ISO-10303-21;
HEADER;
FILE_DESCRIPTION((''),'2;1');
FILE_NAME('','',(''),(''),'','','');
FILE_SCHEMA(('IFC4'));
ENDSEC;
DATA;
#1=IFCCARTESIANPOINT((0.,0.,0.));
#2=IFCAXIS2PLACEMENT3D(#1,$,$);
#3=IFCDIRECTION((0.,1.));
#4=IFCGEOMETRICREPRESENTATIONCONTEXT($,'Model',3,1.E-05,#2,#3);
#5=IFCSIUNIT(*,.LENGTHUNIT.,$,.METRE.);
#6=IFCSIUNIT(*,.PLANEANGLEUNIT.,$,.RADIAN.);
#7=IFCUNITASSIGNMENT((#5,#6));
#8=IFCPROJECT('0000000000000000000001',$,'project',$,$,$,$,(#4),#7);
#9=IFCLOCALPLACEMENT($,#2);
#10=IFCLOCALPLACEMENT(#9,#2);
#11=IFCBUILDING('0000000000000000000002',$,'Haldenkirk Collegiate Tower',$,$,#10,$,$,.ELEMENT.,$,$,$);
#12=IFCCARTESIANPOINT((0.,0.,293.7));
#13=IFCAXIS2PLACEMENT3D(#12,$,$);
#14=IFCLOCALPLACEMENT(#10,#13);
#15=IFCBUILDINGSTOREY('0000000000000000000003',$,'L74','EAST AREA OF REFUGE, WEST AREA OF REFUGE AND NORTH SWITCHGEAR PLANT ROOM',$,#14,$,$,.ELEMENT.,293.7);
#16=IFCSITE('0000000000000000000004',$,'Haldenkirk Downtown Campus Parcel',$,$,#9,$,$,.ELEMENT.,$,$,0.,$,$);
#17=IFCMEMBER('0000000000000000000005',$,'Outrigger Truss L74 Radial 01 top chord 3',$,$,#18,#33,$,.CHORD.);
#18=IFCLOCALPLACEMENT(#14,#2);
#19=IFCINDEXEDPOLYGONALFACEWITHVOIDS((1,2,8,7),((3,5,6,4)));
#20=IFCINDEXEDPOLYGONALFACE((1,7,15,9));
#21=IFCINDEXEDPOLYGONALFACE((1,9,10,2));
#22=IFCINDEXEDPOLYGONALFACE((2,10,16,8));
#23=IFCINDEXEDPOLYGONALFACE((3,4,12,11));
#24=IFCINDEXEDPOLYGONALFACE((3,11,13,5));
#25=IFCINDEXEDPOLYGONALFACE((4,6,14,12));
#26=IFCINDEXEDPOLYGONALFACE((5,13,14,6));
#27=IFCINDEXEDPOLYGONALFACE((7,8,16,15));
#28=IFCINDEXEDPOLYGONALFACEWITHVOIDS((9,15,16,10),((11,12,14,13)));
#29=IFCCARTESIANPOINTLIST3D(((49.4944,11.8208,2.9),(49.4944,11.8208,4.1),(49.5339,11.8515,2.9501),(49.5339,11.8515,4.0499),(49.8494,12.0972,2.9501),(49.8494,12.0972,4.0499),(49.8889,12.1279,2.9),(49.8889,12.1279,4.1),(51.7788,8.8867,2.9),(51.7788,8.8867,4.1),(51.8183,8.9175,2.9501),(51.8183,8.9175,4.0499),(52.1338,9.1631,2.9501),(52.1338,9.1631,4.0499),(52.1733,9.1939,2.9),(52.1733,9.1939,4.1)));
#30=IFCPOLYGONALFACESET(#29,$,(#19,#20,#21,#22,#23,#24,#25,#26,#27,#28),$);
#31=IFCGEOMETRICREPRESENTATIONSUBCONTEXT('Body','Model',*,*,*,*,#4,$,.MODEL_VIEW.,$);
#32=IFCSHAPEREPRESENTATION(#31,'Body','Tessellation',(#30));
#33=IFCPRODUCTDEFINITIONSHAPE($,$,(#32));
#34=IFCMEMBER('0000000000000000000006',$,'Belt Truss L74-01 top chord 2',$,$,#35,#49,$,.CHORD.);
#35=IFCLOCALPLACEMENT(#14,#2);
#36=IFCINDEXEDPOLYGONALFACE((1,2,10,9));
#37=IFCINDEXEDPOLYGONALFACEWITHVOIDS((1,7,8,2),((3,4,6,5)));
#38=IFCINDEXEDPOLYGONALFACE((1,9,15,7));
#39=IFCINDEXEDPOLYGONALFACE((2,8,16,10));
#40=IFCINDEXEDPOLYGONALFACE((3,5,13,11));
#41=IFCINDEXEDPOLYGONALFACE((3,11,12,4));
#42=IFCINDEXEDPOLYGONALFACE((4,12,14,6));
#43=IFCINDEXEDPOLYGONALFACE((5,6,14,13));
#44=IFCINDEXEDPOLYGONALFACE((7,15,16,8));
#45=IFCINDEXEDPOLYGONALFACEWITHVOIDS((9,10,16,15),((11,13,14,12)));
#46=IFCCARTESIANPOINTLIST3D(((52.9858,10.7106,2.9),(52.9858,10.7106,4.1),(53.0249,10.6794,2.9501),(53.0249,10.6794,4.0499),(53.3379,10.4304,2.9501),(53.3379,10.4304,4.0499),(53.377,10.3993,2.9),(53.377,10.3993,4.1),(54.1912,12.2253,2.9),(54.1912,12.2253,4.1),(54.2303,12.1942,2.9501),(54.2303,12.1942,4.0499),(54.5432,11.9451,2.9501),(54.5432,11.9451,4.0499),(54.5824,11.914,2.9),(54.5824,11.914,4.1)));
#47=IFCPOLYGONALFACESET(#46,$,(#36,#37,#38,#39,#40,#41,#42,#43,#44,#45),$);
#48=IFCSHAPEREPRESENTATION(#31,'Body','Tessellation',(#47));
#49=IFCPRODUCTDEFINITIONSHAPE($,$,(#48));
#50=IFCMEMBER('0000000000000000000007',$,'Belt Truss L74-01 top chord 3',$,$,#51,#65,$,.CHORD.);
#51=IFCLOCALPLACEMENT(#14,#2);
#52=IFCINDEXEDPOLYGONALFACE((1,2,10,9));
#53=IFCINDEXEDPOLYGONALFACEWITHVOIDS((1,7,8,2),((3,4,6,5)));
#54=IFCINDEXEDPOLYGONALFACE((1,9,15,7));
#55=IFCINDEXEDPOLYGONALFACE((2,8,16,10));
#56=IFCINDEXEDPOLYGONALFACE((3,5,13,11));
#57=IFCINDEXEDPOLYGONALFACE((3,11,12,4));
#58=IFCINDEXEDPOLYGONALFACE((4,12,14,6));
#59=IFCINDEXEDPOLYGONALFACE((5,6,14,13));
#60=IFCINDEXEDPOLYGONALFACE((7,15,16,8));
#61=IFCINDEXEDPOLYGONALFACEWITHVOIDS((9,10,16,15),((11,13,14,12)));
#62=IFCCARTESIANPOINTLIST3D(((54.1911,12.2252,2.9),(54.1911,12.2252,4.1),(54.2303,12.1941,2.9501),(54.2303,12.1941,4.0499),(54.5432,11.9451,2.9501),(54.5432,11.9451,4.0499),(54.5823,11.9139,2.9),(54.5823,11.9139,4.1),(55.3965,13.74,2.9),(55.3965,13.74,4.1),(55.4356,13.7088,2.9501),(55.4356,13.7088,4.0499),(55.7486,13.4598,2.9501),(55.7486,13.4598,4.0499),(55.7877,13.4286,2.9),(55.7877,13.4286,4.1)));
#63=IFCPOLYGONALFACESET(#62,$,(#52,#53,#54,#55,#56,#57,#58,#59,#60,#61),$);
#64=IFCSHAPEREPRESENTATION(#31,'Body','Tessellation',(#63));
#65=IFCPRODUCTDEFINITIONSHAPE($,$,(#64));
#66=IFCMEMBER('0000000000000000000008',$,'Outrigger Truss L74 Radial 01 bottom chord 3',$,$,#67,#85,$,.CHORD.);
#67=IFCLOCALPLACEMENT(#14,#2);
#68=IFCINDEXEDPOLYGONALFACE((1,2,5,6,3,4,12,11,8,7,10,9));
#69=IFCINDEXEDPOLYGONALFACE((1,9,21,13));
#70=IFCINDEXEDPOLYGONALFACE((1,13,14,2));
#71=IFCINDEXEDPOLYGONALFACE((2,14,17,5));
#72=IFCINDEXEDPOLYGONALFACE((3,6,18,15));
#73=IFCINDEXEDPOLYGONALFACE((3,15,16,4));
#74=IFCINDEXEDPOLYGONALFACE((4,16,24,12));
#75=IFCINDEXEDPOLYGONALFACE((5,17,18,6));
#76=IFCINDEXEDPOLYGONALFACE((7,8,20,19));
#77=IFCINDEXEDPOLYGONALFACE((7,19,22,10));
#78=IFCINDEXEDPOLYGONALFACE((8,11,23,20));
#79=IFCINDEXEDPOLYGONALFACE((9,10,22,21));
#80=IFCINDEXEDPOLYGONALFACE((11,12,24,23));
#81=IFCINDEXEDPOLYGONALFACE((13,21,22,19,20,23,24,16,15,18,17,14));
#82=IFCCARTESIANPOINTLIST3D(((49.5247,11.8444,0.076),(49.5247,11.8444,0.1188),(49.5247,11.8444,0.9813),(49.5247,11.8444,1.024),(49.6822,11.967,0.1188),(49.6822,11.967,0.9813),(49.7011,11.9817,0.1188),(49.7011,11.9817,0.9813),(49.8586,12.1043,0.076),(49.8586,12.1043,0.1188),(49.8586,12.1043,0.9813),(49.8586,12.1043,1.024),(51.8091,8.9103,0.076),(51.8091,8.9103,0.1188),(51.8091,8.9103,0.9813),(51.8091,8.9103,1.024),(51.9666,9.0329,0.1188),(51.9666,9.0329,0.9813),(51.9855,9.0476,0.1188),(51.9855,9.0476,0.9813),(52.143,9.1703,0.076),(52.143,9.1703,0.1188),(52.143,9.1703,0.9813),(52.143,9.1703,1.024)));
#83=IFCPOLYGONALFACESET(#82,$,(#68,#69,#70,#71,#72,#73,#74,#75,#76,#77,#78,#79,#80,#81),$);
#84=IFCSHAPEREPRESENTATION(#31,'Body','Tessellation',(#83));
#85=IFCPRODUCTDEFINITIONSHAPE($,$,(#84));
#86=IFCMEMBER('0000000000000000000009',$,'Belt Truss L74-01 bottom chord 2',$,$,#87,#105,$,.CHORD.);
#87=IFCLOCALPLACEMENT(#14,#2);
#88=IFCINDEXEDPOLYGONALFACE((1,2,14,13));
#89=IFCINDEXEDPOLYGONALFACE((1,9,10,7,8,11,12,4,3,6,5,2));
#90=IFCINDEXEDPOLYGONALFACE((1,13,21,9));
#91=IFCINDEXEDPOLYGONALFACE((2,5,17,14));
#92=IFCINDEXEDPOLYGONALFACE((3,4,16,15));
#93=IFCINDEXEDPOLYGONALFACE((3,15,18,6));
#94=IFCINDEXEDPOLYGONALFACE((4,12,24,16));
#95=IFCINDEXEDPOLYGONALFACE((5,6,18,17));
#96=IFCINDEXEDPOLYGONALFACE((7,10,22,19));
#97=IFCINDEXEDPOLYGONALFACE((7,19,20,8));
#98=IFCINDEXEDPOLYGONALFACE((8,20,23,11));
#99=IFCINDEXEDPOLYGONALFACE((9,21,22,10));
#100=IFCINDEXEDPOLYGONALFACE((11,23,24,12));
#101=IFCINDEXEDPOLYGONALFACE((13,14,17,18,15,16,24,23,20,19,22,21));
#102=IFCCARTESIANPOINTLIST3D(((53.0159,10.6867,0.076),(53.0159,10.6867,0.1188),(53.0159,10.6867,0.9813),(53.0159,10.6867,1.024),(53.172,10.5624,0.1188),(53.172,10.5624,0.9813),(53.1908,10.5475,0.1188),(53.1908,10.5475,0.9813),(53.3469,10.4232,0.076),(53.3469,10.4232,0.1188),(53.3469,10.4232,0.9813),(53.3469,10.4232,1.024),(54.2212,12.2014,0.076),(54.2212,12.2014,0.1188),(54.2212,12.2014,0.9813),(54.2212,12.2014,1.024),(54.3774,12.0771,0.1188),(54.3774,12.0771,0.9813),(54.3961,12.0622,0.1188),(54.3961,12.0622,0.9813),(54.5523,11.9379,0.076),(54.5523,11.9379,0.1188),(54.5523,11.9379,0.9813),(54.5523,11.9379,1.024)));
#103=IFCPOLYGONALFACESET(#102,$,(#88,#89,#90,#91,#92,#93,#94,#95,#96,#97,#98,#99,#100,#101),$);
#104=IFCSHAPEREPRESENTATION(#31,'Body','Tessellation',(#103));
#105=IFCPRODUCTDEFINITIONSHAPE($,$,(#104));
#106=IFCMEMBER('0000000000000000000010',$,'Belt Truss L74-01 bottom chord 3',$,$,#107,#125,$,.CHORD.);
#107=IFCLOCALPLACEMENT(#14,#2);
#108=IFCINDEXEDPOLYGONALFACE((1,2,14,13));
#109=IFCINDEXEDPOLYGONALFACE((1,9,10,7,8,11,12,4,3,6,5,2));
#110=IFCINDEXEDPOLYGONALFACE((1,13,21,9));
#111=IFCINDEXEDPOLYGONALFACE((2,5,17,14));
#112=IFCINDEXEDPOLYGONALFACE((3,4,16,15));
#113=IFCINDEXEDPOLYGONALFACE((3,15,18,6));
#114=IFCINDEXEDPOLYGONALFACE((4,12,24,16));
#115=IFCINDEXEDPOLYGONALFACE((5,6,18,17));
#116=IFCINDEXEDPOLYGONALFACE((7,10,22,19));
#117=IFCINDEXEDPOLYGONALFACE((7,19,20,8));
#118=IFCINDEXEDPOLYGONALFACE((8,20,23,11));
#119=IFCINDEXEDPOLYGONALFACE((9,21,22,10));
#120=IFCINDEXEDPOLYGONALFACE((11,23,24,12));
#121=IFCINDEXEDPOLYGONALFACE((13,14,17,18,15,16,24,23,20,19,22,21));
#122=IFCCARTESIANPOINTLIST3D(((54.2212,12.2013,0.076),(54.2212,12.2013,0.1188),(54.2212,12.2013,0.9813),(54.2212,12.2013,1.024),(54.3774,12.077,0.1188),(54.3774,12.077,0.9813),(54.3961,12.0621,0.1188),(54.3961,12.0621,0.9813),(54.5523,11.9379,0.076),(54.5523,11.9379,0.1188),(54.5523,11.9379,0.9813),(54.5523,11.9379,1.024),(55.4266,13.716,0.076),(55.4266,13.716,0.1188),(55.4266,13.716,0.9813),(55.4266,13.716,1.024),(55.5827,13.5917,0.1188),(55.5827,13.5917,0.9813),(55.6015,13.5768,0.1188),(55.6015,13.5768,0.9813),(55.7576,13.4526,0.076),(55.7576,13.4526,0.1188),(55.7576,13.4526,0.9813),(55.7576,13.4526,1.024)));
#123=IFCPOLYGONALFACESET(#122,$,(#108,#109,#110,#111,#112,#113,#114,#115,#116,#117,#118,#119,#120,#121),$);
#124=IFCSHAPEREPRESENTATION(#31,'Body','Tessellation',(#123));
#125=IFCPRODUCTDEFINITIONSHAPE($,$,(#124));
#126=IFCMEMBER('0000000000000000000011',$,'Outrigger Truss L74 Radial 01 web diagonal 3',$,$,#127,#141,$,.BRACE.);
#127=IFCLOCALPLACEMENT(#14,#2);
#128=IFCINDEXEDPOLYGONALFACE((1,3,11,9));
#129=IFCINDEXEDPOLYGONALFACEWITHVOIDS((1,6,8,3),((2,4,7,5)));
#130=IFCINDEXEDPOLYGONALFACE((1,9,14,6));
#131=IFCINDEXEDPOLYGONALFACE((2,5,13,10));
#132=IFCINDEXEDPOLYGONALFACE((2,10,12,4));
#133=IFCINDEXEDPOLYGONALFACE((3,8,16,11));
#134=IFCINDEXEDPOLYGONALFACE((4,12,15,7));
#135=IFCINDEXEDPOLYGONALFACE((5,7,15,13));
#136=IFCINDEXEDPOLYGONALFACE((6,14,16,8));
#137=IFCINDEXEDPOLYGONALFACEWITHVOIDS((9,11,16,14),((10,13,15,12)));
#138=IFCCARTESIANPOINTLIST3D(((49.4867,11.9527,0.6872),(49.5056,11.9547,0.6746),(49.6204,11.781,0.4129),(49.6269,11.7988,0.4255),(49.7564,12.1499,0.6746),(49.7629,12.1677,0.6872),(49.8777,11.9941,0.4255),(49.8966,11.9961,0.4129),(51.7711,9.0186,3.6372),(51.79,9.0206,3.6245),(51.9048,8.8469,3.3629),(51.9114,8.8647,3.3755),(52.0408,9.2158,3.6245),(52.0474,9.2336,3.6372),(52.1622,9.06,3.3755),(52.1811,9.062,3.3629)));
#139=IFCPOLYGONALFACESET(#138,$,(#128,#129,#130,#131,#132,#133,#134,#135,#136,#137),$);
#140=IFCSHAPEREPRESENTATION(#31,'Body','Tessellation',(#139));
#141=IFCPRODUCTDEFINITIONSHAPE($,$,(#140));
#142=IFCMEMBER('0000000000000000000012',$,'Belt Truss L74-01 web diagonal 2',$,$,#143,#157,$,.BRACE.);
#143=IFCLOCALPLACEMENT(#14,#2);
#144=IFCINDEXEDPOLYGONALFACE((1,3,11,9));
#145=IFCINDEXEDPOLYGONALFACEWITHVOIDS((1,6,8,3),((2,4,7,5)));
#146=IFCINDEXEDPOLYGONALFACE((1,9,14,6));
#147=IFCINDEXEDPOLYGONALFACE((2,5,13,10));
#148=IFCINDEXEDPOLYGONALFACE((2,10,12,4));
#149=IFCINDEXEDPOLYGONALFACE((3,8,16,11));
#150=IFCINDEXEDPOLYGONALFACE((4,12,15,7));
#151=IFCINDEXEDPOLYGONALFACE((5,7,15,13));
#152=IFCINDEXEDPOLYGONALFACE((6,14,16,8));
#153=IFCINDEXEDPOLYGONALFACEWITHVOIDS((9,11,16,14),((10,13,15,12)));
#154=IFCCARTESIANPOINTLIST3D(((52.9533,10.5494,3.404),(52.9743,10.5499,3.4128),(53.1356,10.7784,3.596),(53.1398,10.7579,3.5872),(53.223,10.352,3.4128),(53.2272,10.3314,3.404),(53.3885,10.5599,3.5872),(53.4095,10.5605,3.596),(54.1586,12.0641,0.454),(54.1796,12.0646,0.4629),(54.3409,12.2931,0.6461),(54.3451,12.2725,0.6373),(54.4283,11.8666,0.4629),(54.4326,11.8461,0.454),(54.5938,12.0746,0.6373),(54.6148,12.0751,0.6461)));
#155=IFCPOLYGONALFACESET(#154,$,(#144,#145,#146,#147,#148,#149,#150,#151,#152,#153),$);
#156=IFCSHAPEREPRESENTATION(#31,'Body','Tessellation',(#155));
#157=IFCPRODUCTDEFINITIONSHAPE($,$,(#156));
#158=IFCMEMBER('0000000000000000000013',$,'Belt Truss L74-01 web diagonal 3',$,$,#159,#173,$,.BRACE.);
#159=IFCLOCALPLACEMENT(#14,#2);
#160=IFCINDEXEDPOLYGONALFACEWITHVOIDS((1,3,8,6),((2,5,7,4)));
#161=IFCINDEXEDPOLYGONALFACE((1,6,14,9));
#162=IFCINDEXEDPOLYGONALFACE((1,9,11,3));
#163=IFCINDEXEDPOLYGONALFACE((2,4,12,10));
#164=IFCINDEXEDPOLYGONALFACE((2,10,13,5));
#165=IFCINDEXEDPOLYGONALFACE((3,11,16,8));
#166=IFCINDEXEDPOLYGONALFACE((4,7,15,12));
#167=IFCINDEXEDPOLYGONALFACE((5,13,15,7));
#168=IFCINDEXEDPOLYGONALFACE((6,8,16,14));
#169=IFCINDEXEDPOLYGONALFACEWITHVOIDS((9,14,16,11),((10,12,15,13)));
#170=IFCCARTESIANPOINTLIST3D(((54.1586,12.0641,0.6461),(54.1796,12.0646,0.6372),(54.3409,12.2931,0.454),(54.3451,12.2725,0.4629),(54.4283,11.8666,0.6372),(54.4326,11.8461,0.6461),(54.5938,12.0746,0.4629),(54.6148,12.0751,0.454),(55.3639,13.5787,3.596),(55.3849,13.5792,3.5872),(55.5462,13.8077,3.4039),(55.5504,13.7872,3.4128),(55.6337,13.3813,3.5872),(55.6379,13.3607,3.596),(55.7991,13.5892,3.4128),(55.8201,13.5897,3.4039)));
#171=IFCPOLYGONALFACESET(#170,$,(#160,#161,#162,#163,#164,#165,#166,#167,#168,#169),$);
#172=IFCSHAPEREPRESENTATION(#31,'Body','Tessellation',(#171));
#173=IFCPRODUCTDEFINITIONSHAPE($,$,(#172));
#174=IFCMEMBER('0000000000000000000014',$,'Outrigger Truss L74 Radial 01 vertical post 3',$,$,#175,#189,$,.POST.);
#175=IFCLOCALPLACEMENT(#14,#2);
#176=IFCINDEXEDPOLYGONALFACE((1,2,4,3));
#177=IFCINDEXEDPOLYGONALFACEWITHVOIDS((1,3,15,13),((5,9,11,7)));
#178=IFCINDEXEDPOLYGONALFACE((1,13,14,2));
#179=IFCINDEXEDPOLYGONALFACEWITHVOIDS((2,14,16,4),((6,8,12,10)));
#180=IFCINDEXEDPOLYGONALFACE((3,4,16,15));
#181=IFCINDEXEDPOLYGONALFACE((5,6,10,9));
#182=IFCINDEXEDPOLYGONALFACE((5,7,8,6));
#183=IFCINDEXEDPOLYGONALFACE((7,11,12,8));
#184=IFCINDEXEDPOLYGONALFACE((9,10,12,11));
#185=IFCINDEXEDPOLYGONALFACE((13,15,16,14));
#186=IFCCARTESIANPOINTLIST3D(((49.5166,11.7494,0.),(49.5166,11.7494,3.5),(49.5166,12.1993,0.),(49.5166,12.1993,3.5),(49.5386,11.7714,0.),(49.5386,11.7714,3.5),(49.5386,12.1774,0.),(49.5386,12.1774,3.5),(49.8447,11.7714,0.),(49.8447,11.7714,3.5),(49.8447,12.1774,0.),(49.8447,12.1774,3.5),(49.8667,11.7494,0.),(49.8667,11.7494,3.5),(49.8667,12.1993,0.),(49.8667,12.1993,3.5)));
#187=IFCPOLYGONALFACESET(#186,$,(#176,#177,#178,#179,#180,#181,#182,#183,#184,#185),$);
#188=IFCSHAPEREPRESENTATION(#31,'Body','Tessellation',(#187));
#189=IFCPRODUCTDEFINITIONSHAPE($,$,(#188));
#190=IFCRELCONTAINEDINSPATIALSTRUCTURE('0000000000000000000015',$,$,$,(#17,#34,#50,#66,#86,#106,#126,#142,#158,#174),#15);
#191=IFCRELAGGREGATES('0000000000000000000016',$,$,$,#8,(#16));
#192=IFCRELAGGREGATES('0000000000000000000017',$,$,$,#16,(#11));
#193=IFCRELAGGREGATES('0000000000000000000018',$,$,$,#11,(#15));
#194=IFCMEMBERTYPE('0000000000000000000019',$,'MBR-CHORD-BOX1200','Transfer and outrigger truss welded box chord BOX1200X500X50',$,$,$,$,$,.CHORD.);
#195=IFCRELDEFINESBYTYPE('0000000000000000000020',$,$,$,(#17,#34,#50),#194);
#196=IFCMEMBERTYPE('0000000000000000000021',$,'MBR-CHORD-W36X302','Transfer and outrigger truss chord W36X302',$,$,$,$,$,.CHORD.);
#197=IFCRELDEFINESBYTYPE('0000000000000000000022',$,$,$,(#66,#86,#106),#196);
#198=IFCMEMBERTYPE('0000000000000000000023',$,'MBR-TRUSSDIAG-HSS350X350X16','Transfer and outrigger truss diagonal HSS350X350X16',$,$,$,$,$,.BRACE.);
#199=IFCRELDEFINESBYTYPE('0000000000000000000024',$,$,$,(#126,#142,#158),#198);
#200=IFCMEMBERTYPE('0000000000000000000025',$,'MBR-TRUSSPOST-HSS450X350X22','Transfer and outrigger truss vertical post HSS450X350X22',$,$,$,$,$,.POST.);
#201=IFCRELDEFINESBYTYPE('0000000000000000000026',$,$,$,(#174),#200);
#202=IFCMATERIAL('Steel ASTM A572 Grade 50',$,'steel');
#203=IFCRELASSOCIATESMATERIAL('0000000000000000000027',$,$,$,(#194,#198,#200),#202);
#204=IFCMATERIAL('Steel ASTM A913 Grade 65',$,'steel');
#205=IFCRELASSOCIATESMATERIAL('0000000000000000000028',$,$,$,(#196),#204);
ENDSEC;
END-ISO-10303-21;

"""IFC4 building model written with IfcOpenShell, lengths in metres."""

from ifc_helpers import new_model, si_unit, direction, frame, origin, origin_2d, place, context, subcontext, project, spatial, hollow_rectangle, i_section, extrude, material, material_profile, profile_set, type_object, element, save


model = new_model("IFC4")

# Units and contexts
model_context = context("Model", 3, precision=1e-05, world=origin(), true_north=direction((0.0, 1.0)))
body_context = subcontext(model_context, "Body", "Model", "MODEL_VIEW")
ifc_project = project(units=[si_unit("LENGTHUNIT", "METRE"), si_unit("PLANEANGLEUNIT", "RADIAN")], contexts=[model_context])

# Site, building, storey
site_placement = place(None, origin())
site = spatial("IfcSite", under=ifc_project, at=site_placement, Name="Haldenkirk Downtown Campus Parcel", CompositionType="ELEMENT", RefElevation=0.0)
building_placement = place(site_placement, origin())
building = spatial("IfcBuilding", under=site, at=building_placement, Name="Haldenkirk Collegiate Tower", CompositionType="ELEMENT")
storey_placement = place(building_placement, frame((0.0, 0.0, 293.7)))
storey = spatial("IfcBuildingStorey", under=building, at=storey_placement, Name="L74", Description="EAST AREA OF REFUGE, WEST AREA OF REFUGE AND NORTH SWITCHGEAR PLANT ROOM", CompositionType="ELEMENT", Elevation=293.7)

# Members
ifc_material_1 = material(Name="Steel ASTM A572 Grade 50", Category="steel")
ifc_material_profile_1 = material_profile(ifc_material_1, hollow_rectangle(XDim=0.5, YDim=1.2, WallThickness=0.05, at=origin_2d()), Name="BOX1200X500X50")
ifc_profile_set_1 = profile_set([ifc_material_profile_1], Name="Steel ASTM A572 Grade 50")
member_type_1 = type_object("IfcMemberType", Name="MBR-CHORD-BOX1200", Description="Transfer and outrigger truss welded box chord BOX1200X500X50", PredefinedType="CHORD", material=ifc_profile_set_1)
member_1_placement = place(storey_placement, frame((49.6917, 11.9744, 3.5), z_axis=(0.614336, -0.789045, 0.0), x_axis=(0.789045, 0.614336, 0.0)))
element("IfcMember", 1, at=member_1_placement, inside=storey, type_object=member_type_1, Name="Outrigger Truss L74 Radial 01 top chord 3", PredefinedType="CHORD", context=body_context, shape_type="SweptSolid", body=[
    extrude(hollow_rectangle(XDim=0.5, YDim=1.2, WallThickness=0.05, at=origin_2d()), origin(), (0.0, 0.0, 1.0), 3.7185),
])
for number, where, z_axis, x_axis, name in (
    (2, (53.1814, 10.5549, 3.5), (0.622678, 0.782478, 0.0), (-0.782478, 0.622678, 0.0), "Belt Truss L74-01 top chord 2"),
    (3, (54.3867, 12.0696, 3.5), (0.622678, 0.782478, 0.0), (-0.782478, 0.622678, 0.0), "Belt Truss L74-01 top chord 3"),
):
    element("IfcMember", number, at=place(storey_placement, frame(where, z_axis=z_axis, x_axis=x_axis)), inside=storey, type_object=member_type_1, Name=name, PredefinedType="CHORD", context=body_context, shape_type="SweptSolid", body=[
        extrude(hollow_rectangle(XDim=0.5, YDim=1.2, WallThickness=0.05, at=origin_2d()), origin(), (0.0, 0.0, 1.0), 1.9358),
    ])
ifc_material_2 = material(Name="Steel ASTM A913 Grade 65", Category="steel")
ifc_material_profile_2 = material_profile(ifc_material_2, i_section(OverallWidth=0.4231, OverallDepth=0.948, WebThickness=0.0239, FlangeThickness=0.0427, at=origin_2d()), Name="W36X302")
ifc_profile_set_2 = profile_set([ifc_material_profile_2], Name="Steel ASTM A913 Grade 65")
member_type_2 = type_object("IfcMemberType", Name="MBR-CHORD-W36X302", Description="Transfer and outrigger truss chord W36X302", PredefinedType="CHORD", material=ifc_profile_set_2)
member_2_placement = place(storey_placement, frame((49.6917, 11.9744, 0.55), z_axis=(0.614336, -0.789045, 0.0), x_axis=(0.789045, 0.614336, 0.0)))
element("IfcMember", 4, at=member_2_placement, inside=storey, type_object=member_type_2, Name="Outrigger Truss L74 Radial 01 bottom chord 3", PredefinedType="CHORD", context=body_context, shape_type="SweptSolid", body=[
    extrude(i_section(OverallWidth=0.4231, OverallDepth=0.948, WebThickness=0.0239, FlangeThickness=0.0427, at=origin_2d()), origin(), (0.0, 0.0, 1.0), 3.7185),
])
for number, where, z_axis, x_axis, name in (
    (5, (53.1814, 10.5549, 0.55), (0.622678, 0.782478, 0.0), (-0.782478, 0.622678, 0.0), "Belt Truss L74-01 bottom chord 2"),
    (6, (54.3867, 12.0696, 0.55), (0.622678, 0.782478, 0.0), (-0.782478, 0.622678, 0.0), "Belt Truss L74-01 bottom chord 3"),
):
    element("IfcMember", number, at=place(storey_placement, frame(where, z_axis=z_axis, x_axis=x_axis)), inside=storey, type_object=member_type_2, Name=name, PredefinedType="CHORD", context=body_context, shape_type="SweptSolid", body=[
        extrude(i_section(OverallWidth=0.4231, OverallDepth=0.948, WebThickness=0.0239, FlangeThickness=0.0427, at=origin_2d()), origin(), (0.0, 0.0, 1.0), 1.9358),
    ])
ifc_material_profile_3 = material_profile(ifc_material_1, hollow_rectangle(XDim=0.3501, YDim=0.3501, WallThickness=0.0161, at=origin_2d()), Name="HSS350X350X16")
ifc_profile_set_3 = profile_set([ifc_material_profile_3], Name="Steel ASTM A572 Grade 50")
member_type_3 = type_object("IfcMemberType", Name="MBR-TRUSSDIAG-HSS350X350X16", Description="Transfer and outrigger truss diagonal HSS350X350X16", PredefinedType="BRACE", material=ifc_profile_set_3)
member_3_placement = place(storey_placement, frame((49.6917, 11.9744, 0.55), z_axis=(0.481282, -0.618152, 0.621495), x_axis=(0.789045, 0.614336, 0.0)))
element("IfcMember", 7, at=member_3_placement, inside=storey, type_object=member_type_3, Name="Outrigger Truss L74 Radial 01 web diagonal 3", PredefinedType="BRACE", context=body_context, shape_type="SweptSolid", body=[
    extrude(hollow_rectangle(XDim=0.3501, YDim=0.3501, WallThickness=0.0161, at=origin_2d()), origin(), (0.0, 0.0, 1.0), 4.7466),
])
for number, where, z_axis, x_axis, name in (
    (8, (53.1814, 10.5549, 3.5), (0.341612, 0.429281, -0.836074), (-0.782478, 0.622678, 0.0), "Belt Truss L74-01 web diagonal 2"),
    (9, (54.3867, 12.0696, 0.55), (0.341612, 0.429281, 0.836074), (-0.782478, 0.622678, 0.0), "Belt Truss L74-01 web diagonal 3"),
):
    element("IfcMember", number, at=place(storey_placement, frame(where, z_axis=z_axis, x_axis=x_axis)), inside=storey, type_object=member_type_3, Name=name, PredefinedType="BRACE", context=body_context, shape_type="SweptSolid", body=[
        extrude(hollow_rectangle(XDim=0.3501, YDim=0.3501, WallThickness=0.0161, at=origin_2d()), origin(), (0.0, 0.0, 1.0), 3.5283),
    ])
ifc_material_profile_4 = material_profile(ifc_material_1, hollow_rectangle(XDim=0.3501, YDim=0.45, WallThickness=0.022, at=origin_2d()), Name="HSS450X350X22")
ifc_profile_set_4 = profile_set([ifc_material_profile_4], Name="Steel ASTM A572 Grade 50")
member_type_4 = type_object("IfcMemberType", Name="MBR-TRUSSPOST-HSS450X350X22", Description="Transfer and outrigger truss vertical post HSS450X350X22", PredefinedType="POST", material=ifc_profile_set_4)
for number, where, z_axis, x_axis, name in (
    (10, (49.6917, 11.9744, 0.0), (0.0, 0.0, 1.0), (1.0, 0.0, 0.0), "Outrigger Truss L74 Radial 01 vertical post 3"),
):
    element("IfcMember", number, at=place(storey_placement, frame(where, z_axis=z_axis, x_axis=x_axis)), inside=storey, type_object=member_type_4, Name=name, PredefinedType="POST", context=body_context, shape_type="SweptSolid", body=[
        extrude(hollow_rectangle(XDim=0.3501, YDim=0.45, WallThickness=0.022, at=origin_2d()), origin(), (0.0, 0.0, 1.0), 3.5),
    ])

save(model, "model.ifc")
